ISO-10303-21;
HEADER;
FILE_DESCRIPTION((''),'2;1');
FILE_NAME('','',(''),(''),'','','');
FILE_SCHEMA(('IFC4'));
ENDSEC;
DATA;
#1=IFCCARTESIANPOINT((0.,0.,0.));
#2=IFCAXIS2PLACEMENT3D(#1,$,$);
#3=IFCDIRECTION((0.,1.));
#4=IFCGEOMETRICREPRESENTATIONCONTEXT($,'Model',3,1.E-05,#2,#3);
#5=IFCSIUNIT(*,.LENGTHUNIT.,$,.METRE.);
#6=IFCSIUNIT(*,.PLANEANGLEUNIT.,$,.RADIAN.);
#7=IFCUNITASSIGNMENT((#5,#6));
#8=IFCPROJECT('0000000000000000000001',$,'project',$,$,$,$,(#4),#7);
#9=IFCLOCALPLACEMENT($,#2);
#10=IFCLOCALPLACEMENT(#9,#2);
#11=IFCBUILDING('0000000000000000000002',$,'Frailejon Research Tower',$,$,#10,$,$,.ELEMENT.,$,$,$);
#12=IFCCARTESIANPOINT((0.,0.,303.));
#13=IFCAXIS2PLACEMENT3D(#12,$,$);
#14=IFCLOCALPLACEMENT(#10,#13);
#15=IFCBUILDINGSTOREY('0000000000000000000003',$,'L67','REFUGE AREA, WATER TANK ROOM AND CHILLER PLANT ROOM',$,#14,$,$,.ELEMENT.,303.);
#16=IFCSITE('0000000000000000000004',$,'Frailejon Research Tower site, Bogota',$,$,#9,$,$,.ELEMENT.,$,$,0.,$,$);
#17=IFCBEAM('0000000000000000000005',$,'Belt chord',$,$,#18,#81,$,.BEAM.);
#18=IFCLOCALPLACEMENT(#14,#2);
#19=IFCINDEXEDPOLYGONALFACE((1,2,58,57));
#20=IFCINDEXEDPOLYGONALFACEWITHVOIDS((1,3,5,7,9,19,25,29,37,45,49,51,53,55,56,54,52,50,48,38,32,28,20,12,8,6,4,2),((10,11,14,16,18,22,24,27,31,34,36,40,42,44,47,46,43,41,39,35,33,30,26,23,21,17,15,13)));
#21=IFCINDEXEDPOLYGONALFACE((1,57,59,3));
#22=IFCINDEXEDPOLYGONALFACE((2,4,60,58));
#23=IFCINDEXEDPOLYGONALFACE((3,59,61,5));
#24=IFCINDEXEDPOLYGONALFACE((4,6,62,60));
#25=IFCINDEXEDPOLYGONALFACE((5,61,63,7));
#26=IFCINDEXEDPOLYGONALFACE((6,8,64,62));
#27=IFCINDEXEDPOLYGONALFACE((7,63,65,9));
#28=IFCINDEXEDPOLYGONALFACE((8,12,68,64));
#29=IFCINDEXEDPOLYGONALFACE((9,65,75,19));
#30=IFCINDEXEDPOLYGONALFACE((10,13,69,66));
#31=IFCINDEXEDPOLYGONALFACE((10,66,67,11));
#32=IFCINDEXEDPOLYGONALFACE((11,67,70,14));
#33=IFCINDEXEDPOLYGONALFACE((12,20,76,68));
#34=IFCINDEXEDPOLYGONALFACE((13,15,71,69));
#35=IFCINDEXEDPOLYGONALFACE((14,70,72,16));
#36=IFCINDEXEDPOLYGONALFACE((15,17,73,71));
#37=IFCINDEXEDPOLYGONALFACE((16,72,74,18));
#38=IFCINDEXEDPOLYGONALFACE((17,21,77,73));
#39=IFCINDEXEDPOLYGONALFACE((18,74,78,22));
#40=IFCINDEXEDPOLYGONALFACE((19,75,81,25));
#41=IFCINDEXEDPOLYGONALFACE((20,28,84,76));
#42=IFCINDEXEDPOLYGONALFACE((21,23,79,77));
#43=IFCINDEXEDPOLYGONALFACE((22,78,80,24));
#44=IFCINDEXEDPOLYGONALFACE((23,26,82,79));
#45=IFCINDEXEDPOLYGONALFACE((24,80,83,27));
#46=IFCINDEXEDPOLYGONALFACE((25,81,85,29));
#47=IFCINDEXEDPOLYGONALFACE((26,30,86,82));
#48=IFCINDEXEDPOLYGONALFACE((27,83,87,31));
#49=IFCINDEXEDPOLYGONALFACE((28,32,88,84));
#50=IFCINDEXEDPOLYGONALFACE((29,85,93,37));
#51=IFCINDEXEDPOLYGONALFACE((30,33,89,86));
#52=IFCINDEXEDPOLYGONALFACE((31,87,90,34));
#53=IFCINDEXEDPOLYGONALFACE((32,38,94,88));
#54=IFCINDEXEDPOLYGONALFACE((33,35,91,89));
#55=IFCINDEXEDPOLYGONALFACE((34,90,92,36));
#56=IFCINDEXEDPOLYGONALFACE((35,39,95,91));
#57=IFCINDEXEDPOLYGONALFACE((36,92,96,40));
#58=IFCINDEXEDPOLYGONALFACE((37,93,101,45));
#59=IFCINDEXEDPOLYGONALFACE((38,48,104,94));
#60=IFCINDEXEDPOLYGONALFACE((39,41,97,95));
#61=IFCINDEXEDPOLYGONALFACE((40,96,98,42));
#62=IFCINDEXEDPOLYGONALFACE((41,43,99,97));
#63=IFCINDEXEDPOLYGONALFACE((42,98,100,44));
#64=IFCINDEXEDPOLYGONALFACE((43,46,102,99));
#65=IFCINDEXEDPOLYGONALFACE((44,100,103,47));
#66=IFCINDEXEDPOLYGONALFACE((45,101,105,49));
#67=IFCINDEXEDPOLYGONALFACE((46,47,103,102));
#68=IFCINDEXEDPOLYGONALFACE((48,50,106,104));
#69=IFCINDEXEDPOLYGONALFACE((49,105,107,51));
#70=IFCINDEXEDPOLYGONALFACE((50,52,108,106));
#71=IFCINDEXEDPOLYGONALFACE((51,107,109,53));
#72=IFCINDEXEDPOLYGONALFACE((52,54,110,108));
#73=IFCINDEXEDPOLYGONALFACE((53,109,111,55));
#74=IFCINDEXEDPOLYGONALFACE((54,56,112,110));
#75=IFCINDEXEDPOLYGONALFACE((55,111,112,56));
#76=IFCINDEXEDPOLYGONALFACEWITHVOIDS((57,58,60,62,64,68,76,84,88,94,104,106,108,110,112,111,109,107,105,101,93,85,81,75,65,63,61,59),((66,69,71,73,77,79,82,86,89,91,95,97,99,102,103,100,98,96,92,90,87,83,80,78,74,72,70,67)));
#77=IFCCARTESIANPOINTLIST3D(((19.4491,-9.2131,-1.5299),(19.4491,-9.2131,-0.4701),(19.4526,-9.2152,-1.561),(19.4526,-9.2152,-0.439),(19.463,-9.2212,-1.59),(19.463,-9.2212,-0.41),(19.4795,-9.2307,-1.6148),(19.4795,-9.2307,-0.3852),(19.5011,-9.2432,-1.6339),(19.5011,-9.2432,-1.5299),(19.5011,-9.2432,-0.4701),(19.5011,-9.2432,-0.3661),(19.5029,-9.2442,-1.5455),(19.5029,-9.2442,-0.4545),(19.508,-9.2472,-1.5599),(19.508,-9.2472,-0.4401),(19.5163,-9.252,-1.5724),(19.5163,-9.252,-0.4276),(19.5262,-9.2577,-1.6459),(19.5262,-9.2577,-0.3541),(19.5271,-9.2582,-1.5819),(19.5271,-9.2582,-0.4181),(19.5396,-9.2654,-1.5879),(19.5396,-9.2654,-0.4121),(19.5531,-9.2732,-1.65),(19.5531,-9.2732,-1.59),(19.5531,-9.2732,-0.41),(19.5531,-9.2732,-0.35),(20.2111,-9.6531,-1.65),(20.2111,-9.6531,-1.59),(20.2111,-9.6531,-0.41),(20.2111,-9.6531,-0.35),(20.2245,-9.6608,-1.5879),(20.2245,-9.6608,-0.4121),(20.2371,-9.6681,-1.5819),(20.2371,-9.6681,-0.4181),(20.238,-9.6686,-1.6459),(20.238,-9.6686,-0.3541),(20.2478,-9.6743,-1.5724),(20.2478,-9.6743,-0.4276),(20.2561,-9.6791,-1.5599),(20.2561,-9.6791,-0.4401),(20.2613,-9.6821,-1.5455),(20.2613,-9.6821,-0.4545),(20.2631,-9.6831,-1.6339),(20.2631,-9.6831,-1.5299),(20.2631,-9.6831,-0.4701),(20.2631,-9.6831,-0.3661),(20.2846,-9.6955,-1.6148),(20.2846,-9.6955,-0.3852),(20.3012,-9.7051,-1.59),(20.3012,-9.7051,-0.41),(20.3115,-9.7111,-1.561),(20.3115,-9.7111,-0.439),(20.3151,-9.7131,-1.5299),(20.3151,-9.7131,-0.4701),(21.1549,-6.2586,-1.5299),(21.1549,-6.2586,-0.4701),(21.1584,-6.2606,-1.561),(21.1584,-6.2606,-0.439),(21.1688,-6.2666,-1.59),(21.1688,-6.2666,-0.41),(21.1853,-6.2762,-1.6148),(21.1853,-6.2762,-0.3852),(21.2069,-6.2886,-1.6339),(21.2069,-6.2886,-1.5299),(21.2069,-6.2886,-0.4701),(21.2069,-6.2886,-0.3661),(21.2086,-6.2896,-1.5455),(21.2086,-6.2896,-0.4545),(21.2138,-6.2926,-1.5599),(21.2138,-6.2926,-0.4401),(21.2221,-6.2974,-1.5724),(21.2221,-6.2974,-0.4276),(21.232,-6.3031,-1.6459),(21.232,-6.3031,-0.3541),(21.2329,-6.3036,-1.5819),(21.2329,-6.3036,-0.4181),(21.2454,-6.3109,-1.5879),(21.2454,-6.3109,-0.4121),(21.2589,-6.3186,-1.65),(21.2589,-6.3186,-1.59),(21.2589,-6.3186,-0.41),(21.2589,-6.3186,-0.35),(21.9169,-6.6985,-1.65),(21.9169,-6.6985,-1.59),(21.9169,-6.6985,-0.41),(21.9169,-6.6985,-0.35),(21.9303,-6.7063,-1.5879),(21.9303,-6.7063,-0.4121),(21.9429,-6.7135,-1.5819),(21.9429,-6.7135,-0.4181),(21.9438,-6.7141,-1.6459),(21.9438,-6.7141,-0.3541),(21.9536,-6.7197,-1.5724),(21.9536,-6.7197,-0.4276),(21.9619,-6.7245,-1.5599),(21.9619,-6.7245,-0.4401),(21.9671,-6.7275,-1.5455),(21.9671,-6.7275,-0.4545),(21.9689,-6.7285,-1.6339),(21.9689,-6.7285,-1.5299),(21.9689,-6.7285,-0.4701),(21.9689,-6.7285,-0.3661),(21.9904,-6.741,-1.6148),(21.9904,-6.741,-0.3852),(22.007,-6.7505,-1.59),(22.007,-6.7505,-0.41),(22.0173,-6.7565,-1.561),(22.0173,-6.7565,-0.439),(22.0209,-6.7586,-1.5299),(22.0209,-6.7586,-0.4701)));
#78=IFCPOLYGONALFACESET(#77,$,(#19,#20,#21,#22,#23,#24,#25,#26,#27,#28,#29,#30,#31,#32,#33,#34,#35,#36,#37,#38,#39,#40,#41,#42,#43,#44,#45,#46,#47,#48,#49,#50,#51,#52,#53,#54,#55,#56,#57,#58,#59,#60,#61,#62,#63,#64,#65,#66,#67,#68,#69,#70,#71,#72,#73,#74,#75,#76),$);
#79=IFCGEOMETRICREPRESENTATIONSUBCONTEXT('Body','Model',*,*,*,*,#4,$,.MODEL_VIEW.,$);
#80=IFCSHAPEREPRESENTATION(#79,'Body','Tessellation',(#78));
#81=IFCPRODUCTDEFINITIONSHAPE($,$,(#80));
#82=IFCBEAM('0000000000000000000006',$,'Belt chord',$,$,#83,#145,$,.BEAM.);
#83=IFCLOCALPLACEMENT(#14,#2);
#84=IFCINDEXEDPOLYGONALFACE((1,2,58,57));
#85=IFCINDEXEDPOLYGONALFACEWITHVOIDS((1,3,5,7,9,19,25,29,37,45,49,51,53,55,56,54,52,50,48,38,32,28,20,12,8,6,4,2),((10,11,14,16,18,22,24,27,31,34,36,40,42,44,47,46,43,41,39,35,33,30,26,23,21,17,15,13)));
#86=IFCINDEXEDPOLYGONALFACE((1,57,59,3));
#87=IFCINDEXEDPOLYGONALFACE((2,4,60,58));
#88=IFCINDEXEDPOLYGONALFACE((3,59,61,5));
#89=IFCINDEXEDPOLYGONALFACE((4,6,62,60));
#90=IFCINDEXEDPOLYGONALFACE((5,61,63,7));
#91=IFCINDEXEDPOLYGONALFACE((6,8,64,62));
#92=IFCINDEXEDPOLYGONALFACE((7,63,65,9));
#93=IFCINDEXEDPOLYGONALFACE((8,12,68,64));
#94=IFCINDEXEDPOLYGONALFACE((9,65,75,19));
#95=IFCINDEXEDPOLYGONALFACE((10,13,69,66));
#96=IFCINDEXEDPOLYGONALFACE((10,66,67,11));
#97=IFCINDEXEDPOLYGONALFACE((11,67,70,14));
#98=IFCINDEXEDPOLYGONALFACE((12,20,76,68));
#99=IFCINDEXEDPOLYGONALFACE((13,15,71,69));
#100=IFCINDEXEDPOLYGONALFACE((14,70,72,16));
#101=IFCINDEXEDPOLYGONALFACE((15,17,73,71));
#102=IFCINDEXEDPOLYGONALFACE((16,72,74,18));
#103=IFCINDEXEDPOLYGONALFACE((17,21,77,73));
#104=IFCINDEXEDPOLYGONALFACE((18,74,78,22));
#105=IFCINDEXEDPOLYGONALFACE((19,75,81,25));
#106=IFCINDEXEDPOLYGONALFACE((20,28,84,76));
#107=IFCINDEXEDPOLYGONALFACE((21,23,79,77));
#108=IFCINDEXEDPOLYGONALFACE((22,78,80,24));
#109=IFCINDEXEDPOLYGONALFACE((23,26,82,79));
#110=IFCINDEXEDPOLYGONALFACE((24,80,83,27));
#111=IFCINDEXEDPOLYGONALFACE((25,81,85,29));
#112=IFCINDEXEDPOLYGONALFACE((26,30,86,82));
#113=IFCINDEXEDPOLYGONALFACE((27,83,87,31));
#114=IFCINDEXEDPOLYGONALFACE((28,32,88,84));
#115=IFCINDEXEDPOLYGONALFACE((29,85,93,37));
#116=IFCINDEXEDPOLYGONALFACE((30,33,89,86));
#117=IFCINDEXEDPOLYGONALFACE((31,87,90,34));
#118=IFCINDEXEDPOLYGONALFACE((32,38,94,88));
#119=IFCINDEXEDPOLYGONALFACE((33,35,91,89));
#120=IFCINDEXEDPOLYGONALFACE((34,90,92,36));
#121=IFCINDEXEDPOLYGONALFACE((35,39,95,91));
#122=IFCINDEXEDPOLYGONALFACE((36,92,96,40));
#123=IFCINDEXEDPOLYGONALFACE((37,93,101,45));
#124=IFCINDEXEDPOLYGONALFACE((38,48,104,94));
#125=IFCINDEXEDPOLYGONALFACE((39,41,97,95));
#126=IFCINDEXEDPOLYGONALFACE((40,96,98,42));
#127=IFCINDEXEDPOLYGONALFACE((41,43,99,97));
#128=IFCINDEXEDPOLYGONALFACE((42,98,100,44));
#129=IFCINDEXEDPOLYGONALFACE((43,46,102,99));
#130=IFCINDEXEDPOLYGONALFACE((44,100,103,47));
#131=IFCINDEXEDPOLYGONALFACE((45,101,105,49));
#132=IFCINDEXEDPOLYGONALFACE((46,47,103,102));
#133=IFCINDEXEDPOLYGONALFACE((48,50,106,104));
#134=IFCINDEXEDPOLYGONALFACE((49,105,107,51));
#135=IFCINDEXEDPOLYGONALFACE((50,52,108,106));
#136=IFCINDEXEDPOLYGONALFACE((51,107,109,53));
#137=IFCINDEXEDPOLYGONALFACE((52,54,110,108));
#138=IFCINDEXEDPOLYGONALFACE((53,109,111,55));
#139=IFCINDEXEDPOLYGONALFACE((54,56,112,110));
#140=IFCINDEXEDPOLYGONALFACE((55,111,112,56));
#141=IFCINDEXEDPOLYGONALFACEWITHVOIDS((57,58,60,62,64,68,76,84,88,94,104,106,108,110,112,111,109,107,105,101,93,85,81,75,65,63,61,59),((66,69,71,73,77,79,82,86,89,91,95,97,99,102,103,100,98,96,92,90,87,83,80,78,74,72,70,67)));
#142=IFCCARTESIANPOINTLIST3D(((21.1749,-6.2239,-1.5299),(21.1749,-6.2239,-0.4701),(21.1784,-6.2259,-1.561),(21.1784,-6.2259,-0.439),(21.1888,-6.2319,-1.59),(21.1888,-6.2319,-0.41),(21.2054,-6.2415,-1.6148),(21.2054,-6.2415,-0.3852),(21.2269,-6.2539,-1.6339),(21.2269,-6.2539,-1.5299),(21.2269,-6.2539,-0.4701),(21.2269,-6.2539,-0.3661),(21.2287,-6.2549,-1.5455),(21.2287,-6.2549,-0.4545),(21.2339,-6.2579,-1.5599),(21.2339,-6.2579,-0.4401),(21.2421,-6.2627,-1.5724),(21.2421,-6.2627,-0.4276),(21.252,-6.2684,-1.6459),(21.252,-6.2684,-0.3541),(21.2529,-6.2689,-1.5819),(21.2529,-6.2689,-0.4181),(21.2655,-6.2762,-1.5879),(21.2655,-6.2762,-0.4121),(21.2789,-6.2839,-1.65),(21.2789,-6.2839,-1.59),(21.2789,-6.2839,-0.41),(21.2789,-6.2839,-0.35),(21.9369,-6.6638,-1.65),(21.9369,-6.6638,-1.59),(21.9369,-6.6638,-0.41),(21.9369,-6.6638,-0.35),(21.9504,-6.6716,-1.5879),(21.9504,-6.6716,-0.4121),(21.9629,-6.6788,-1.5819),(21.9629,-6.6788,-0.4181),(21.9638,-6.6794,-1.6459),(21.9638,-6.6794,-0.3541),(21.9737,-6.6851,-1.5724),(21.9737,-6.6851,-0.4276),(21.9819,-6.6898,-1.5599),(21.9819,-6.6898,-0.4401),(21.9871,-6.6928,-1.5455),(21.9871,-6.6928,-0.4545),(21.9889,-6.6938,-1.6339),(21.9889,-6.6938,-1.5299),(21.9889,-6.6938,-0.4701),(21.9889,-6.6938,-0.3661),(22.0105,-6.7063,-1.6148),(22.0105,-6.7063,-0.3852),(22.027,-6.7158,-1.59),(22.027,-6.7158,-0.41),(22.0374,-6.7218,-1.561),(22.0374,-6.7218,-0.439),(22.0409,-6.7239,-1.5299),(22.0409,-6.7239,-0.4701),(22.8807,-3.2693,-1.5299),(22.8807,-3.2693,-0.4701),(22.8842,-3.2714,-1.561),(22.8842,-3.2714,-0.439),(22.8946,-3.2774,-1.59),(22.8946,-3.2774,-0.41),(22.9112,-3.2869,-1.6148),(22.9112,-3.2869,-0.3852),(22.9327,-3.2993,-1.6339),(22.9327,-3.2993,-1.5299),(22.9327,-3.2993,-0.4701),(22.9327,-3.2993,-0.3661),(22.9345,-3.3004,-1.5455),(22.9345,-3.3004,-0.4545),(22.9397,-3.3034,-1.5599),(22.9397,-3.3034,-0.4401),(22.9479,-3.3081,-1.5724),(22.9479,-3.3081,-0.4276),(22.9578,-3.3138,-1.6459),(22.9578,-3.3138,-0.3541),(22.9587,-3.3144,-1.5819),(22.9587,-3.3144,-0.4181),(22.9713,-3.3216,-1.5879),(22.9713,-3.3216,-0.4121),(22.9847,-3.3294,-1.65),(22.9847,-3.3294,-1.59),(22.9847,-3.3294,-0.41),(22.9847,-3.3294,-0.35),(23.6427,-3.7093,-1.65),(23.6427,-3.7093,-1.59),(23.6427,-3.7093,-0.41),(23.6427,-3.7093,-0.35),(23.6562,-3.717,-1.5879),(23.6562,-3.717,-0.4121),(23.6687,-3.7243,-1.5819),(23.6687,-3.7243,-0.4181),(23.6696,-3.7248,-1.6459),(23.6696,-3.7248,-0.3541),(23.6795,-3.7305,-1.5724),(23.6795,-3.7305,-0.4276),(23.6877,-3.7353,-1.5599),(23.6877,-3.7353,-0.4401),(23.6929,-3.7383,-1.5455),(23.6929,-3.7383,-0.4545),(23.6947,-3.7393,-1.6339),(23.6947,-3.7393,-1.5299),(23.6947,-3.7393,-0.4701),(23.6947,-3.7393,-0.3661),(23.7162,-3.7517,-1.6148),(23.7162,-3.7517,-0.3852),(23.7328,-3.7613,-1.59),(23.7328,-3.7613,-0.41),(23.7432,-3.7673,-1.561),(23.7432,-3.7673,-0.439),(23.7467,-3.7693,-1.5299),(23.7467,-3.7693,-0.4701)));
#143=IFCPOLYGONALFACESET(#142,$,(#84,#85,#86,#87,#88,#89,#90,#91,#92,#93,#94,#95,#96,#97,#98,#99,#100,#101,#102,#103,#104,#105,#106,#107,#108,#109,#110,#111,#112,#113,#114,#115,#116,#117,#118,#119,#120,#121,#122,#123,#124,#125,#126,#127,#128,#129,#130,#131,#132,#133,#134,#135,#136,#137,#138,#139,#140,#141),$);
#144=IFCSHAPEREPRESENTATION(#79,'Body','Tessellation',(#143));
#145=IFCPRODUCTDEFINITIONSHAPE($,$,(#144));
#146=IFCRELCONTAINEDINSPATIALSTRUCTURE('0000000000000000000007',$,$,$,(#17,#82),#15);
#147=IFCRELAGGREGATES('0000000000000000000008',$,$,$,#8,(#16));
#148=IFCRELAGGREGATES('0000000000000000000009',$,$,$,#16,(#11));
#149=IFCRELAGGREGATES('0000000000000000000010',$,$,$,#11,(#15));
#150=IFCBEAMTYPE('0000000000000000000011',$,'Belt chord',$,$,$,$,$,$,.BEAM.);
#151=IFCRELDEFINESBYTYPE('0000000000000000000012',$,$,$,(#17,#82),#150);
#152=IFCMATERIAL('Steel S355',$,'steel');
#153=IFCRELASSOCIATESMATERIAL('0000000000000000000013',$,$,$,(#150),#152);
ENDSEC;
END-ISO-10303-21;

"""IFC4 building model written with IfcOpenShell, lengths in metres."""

from ifc_helpers import new_model, si_unit, direction, frame, origin, origin_2d, place, context, subcontext, project, spatial, hollow_rectangle, extrude, material, material_profile, profile_set, type_object, element, save


model = new_model("IFC4")

# Units and contexts
model_context = context("Model", 3, precision=1e-05, world=origin(), true_north=direction((0.0, 1.0)))
body_context = subcontext(model_context, "Body", "Model", "MODEL_VIEW")
ifc_project = project(units=[si_unit("LENGTHUNIT", "METRE"), si_unit("PLANEANGLEUNIT", "RADIAN")], contexts=[model_context])

# Site, building, storey
site_placement = place(None, origin())
site = spatial("IfcSite", under=ifc_project, at=site_placement, Name="Frailejon Research Tower site, Bogota", CompositionType="ELEMENT", RefElevation=0.0)
building_placement = place(site_placement, origin())
building = spatial("IfcBuilding", under=site, at=building_placement, Name="Frailejon Research Tower", CompositionType="ELEMENT")
storey_placement = place(building_placement, frame((0.0, 0.0, 303.0)))
storey = spatial("IfcBuildingStorey", under=building, at=storey_placement, Name="L67", Description="REFUGE AREA, WATER TANK ROOM AND CHILLER PLANT ROOM", CompositionType="ELEMENT", Elevation=303.0)

# Beams
ifc_material_1 = material(Name="Steel S355", Category="steel")
ifc_material_profile_1 = material_profile(ifc_material_1, hollow_rectangle(XDim=1.0, YDim=1.3, WallThickness=0.0601, InnerFilletRadius=0.0601, OuterFilletRadius=0.1201, at=origin_2d()), Name="Belt chord")
ifc_profile_set_1 = profile_set([ifc_material_profile_1], Name="Steel S355")
beam_type_1 = type_object("IfcBeamType", Name="Belt chord", PredefinedType="BEAM", material=ifc_profile_set_1)
for number, where, z_axis, x_axis, name in (
    (1, (19.8821, -9.4631, -1.0), (0.499995, 0.866028, 0.0), (-0.866028, 0.499995, 0.0), "Belt chord"),
    (2, (21.6079, -6.4739, -1.0), (0.499995, 0.866028, 0.0), (-0.866028, 0.499995, 0.0), "Belt chord"),
):
    element("IfcBeam", number, at=place(storey_placement, frame(where, z_axis=z_axis, x_axis=x_axis)), inside=storey, type_object=beam_type_1, Name=name, PredefinedType="BEAM", context=body_context, shape_type="SweptSolid", body=[
        extrude(hollow_rectangle(XDim=1.0, YDim=1.3, WallThickness=0.0601, InnerFilletRadius=0.0601, OuterFilletRadius=0.1201, at=origin_2d()), origin(), (0.0, 0.0, 1.0), 3.4116),
    ])

save(model, "model.ifc")
